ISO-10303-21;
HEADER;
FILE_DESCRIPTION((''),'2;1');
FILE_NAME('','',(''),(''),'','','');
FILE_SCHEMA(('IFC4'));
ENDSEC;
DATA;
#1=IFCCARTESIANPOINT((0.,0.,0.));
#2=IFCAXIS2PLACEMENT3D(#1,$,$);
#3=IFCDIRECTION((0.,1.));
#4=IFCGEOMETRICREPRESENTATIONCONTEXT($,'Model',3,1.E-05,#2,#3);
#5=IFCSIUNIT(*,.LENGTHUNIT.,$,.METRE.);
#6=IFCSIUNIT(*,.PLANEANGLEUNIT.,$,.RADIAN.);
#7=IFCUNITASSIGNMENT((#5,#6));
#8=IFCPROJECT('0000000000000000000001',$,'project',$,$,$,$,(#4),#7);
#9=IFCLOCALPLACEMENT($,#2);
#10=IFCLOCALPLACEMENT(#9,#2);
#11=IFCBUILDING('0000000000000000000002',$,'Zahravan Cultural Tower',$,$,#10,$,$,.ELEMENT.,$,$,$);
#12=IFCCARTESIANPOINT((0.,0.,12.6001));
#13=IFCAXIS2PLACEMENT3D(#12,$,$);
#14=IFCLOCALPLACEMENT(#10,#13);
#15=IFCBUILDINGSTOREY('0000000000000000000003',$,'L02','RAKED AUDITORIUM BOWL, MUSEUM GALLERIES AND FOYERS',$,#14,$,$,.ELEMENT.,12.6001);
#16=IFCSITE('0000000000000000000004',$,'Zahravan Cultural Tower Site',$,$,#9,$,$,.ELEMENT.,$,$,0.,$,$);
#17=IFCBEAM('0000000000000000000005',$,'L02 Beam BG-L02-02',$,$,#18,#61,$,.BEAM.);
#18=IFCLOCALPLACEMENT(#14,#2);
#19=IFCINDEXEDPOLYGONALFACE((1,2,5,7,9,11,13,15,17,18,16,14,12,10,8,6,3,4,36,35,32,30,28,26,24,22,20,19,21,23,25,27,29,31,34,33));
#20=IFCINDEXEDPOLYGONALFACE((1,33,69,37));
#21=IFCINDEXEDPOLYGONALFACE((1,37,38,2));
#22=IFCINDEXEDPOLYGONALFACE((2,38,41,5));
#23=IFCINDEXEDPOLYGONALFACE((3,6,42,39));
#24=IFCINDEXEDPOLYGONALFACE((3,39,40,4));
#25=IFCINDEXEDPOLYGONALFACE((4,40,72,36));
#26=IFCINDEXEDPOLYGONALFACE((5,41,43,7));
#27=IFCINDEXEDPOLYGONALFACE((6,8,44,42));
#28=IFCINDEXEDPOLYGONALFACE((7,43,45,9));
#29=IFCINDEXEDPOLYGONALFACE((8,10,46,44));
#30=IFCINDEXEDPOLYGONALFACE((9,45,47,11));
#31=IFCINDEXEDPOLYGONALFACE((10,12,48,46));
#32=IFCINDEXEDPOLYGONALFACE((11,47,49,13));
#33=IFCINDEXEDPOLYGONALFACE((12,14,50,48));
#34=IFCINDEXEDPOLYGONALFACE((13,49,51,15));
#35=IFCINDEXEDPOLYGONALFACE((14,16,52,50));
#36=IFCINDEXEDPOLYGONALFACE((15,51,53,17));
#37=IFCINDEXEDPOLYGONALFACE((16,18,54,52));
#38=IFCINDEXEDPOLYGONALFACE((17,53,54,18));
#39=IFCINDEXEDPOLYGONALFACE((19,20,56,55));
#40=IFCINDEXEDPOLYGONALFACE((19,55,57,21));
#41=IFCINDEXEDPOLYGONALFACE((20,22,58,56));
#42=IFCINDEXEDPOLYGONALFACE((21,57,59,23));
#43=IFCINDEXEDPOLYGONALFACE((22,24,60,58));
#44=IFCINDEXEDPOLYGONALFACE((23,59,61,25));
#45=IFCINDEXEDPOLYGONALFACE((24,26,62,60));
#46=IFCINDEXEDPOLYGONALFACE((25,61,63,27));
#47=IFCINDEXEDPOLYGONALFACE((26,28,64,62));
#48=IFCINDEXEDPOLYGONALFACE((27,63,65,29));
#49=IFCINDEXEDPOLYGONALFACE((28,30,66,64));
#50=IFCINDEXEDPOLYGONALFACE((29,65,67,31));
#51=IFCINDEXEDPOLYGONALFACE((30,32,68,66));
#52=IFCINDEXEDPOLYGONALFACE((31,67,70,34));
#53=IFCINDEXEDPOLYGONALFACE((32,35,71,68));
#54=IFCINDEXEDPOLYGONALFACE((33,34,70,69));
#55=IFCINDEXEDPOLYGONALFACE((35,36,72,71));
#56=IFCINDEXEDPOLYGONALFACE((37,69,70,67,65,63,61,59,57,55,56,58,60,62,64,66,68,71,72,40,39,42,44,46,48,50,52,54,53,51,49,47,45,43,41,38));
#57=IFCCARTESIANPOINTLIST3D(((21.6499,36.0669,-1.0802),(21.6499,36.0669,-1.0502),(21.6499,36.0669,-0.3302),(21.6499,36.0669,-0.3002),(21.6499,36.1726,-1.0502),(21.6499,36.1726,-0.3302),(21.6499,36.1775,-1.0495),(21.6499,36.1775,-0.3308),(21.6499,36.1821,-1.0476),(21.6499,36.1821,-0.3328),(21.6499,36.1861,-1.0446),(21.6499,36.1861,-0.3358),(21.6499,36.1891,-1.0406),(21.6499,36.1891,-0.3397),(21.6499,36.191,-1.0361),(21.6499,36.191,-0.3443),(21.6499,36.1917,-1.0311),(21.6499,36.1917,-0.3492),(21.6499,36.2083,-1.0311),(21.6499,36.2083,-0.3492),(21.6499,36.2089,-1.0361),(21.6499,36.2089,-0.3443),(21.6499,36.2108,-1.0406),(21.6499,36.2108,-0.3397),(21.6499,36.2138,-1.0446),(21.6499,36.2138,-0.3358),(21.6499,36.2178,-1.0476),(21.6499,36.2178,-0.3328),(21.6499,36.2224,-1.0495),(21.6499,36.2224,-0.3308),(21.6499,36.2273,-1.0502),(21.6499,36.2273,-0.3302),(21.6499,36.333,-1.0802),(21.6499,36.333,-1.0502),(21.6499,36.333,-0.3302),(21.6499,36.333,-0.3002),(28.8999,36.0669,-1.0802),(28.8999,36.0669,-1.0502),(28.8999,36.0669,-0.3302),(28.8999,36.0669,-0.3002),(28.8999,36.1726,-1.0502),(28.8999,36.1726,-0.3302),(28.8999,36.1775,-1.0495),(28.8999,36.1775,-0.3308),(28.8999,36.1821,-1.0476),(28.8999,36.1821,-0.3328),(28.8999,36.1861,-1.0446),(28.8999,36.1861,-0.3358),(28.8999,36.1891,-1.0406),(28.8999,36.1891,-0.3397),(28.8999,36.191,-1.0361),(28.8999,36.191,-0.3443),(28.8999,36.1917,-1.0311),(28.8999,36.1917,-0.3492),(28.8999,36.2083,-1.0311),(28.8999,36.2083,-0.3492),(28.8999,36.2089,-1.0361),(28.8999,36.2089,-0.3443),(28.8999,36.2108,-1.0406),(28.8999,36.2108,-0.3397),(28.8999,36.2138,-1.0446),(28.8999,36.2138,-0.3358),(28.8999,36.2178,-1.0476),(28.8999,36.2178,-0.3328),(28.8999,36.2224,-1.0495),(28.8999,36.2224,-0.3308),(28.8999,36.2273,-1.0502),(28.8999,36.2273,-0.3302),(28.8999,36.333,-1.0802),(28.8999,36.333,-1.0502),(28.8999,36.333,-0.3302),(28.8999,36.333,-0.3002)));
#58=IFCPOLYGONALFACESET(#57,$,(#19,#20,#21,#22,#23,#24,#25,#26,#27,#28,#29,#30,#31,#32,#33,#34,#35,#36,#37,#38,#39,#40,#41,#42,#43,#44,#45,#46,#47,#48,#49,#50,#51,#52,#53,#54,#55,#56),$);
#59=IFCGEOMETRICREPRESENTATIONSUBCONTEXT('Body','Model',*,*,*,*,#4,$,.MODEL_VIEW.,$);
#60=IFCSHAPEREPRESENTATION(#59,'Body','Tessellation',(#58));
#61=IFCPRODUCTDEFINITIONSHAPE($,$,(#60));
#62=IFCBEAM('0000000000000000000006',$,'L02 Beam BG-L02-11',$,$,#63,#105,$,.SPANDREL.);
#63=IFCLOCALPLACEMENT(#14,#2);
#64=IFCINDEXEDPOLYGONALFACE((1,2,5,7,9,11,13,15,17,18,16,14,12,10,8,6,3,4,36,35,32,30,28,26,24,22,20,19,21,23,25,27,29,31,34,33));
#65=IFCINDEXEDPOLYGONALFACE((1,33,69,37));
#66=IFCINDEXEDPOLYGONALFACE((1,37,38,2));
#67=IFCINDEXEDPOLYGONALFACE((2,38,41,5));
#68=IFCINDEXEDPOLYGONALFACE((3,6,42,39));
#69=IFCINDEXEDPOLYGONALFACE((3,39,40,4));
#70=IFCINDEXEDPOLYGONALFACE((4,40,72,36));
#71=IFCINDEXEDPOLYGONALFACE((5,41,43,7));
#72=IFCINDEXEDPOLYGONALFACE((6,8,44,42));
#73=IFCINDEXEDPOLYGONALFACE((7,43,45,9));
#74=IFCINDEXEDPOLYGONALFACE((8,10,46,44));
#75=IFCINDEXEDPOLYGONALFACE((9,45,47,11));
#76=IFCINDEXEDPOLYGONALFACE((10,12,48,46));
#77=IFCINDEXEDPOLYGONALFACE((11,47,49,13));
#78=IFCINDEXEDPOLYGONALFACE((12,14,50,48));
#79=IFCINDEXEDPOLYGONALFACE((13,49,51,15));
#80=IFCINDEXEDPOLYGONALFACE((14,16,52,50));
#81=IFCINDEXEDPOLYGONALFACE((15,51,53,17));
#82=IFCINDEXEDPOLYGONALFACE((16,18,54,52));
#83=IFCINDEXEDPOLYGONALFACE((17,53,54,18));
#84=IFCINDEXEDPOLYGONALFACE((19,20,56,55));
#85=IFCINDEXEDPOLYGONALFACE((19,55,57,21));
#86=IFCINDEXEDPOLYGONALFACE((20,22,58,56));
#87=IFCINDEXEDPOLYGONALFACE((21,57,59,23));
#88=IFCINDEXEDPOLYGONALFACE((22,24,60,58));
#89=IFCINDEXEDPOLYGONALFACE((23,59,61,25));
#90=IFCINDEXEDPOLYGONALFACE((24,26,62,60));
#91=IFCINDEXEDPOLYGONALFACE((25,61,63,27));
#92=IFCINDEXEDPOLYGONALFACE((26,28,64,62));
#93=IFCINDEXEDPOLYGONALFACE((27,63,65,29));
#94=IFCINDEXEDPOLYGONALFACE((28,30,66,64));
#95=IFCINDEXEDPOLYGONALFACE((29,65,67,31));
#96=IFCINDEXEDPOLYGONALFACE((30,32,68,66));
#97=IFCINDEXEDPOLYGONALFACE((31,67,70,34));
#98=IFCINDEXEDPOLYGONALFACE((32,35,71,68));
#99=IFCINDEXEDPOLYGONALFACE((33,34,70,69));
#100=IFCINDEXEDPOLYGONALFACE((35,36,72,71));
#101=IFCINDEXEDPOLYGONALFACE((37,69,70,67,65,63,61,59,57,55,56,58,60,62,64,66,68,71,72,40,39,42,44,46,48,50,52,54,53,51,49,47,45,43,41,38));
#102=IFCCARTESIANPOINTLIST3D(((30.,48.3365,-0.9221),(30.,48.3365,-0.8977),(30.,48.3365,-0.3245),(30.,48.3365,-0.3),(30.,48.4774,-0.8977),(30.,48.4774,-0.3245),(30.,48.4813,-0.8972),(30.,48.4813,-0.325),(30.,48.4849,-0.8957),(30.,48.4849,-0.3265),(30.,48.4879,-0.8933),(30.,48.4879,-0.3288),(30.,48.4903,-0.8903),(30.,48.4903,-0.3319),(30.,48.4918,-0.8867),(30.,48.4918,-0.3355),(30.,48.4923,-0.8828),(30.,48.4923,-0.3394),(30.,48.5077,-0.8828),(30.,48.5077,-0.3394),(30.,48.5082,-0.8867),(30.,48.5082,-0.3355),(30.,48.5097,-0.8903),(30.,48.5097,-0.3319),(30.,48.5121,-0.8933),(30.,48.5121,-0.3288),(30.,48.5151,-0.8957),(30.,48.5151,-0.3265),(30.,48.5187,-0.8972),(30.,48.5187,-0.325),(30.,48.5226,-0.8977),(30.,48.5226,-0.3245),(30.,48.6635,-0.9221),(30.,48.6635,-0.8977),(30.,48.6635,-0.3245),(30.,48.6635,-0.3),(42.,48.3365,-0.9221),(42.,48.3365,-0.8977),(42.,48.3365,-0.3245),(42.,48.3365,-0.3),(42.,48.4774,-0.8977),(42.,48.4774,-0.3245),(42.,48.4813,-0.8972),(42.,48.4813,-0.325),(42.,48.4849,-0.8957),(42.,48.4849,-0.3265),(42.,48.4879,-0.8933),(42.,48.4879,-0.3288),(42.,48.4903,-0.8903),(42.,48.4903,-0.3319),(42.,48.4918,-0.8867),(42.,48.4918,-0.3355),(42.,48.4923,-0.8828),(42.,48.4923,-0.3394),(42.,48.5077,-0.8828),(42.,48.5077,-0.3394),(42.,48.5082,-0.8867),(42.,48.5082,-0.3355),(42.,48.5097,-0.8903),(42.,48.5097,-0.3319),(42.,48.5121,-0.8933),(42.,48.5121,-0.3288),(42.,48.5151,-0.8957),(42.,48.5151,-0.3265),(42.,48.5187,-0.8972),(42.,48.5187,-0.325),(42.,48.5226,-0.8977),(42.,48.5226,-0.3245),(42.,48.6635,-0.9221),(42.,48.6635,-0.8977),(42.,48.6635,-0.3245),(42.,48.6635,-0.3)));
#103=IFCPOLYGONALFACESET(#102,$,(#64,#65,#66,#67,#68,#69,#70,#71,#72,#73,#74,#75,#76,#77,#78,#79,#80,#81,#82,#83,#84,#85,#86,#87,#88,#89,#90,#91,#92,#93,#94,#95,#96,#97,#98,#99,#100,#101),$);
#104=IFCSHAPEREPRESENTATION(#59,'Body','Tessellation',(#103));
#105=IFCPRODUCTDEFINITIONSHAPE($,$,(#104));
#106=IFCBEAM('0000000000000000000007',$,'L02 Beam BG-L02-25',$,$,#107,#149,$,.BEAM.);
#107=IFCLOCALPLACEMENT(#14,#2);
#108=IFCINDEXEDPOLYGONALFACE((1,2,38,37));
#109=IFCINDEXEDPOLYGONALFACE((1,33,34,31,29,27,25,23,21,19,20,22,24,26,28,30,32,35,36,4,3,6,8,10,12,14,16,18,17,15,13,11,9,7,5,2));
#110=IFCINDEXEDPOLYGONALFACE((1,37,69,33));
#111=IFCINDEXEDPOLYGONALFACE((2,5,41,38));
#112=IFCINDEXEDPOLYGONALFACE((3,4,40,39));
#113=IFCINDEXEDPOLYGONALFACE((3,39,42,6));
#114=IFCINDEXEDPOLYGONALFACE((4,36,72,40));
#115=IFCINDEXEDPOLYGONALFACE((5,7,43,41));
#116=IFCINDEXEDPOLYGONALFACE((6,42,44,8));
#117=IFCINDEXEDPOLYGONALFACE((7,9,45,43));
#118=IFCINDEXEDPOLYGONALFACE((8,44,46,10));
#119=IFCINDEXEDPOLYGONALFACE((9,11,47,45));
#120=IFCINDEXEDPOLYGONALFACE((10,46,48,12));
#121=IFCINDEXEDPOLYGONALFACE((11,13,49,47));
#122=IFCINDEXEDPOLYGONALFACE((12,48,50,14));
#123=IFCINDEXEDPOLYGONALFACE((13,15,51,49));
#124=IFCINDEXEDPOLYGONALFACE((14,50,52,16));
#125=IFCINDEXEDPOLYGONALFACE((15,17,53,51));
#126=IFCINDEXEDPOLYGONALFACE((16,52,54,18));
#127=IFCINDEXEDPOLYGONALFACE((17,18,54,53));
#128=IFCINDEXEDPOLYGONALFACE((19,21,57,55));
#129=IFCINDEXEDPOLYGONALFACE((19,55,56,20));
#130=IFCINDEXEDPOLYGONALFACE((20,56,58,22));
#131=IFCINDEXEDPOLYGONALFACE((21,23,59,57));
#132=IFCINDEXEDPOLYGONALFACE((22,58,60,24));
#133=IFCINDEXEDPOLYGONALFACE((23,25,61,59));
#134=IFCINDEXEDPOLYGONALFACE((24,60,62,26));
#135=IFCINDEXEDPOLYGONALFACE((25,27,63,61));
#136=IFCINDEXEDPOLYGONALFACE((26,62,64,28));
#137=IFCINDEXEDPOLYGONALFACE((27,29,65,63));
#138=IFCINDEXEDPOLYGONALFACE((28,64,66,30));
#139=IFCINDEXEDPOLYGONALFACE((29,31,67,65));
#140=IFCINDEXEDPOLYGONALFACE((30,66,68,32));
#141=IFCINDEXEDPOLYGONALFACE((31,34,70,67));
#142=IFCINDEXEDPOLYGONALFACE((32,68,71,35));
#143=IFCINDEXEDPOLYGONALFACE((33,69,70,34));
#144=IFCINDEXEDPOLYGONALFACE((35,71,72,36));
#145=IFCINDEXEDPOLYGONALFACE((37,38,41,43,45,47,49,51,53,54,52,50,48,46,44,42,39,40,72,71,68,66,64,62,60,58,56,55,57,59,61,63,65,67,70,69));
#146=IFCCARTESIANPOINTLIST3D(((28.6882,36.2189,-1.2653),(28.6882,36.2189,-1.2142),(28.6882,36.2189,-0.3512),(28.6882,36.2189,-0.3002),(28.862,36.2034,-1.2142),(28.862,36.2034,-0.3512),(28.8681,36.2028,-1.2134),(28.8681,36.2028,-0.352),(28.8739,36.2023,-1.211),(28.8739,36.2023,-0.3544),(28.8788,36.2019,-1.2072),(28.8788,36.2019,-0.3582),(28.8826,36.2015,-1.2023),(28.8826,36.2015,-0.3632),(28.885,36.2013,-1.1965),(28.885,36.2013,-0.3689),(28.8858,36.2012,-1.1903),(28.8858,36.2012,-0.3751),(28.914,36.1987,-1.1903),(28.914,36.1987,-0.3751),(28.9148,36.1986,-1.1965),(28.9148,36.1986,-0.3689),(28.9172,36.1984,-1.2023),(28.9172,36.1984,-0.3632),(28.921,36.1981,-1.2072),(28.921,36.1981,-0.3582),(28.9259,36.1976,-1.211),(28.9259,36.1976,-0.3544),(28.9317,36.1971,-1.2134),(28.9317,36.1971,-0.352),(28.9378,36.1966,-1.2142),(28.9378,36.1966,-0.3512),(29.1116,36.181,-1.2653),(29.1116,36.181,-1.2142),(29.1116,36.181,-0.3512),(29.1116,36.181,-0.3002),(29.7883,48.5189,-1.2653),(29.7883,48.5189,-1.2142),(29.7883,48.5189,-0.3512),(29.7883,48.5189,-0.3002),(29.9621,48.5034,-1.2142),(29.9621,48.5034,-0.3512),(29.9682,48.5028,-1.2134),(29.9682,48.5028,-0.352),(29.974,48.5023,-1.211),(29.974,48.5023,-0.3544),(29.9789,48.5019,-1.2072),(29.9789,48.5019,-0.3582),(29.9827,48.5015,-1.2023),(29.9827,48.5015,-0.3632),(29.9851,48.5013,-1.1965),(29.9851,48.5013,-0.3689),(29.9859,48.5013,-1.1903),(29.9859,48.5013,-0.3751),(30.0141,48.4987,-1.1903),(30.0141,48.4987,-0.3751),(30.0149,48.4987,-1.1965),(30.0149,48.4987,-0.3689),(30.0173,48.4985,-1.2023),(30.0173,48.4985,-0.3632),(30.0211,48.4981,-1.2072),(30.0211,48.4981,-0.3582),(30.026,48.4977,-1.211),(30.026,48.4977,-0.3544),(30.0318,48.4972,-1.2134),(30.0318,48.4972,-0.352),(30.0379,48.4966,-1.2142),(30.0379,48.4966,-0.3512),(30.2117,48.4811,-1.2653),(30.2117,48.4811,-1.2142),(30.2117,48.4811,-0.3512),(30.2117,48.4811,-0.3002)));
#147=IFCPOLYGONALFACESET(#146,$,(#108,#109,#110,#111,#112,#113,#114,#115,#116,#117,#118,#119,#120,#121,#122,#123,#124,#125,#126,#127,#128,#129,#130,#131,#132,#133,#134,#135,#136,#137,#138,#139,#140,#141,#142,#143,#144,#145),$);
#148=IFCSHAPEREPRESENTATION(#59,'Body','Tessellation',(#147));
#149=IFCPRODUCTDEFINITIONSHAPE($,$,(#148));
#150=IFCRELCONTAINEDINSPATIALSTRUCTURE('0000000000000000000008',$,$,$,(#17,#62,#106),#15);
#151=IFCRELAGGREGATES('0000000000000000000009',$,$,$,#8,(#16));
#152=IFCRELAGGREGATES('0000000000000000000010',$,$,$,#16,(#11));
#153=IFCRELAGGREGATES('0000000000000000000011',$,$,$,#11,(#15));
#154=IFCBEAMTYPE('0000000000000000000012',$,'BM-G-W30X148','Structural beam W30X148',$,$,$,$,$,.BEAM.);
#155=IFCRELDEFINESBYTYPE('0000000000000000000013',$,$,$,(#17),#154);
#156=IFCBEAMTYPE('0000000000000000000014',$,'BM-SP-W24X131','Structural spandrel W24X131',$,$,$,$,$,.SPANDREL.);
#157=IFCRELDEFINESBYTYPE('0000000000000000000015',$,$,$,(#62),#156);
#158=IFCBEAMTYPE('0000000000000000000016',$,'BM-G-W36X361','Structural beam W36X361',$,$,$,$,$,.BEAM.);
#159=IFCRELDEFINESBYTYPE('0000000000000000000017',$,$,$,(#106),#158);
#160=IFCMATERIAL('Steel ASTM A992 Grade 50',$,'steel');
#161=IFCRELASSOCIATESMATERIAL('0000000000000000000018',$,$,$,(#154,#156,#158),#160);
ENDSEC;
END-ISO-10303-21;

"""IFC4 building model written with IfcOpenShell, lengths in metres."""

from ifc_helpers import new_model, si_unit, direction, frame, origin, origin_2d, place, context, subcontext, project, spatial, i_section, extrude, source, transform, mapped, material, material_profile, profile_set, type_object, element, save


model = new_model("IFC4")

# Units and contexts
model_context = context("Model", 3, precision=1e-05, world=origin(), true_north=direction((0.0, 1.0)))
body_context = subcontext(model_context, "Body", "Model", "MODEL_VIEW")
ifc_project = project(units=[si_unit("LENGTHUNIT", "METRE"), si_unit("PLANEANGLEUNIT", "RADIAN")], contexts=[model_context])

# Site, building, storey
site_placement = place(None, origin())
site = spatial("IfcSite", under=ifc_project, at=site_placement, Name="Zahravan Cultural Tower Site", CompositionType="ELEMENT", RefElevation=0.0)
building_placement = place(site_placement, origin())
building = spatial("IfcBuilding", under=site, at=building_placement, Name="Zahravan Cultural Tower", CompositionType="ELEMENT")
storey_placement = place(building_placement, frame((0.0, 0.0, 12.6001)))
storey = spatial("IfcBuildingStorey", under=building, at=storey_placement, Name="L02", Description="RAKED AUDITORIUM BOWL, MUSEUM GALLERIES AND FOYERS", CompositionType="ELEMENT", Elevation=12.6001)

# Beams
ifc_material_1 = material(Name="Steel ASTM A992 Grade 50", Category="steel")
ifc_material_profile_1 = material_profile(ifc_material_1, i_section(OverallWidth=0.2661, OverallDepth=0.78, WebThickness=0.0166, FlangeThickness=0.03, FilletRadius=0.019, at=origin_2d()), Name="W30X148")
ifc_profile_set_1 = profile_set([ifc_material_profile_1], Name="Steel ASTM A992 Grade 50")
beam_type_1 = type_object("IfcBeamType", Name="BM-G-W30X148", Description="Structural beam W30X148", PredefinedType="BEAM", material=ifc_profile_set_1)
shared_shape_1 = source(origin(), body_context, "Body", "SweptSolid", [
    extrude(i_section(OverallWidth=0.2661, OverallDepth=0.78, WebThickness=0.0166, FlangeThickness=0.03, FilletRadius=0.019, at=origin_2d()), origin(), (0.0, 0.0, 1.0), 7.25),
])
beam_1_placement = place(storey_placement, frame((21.6499, 36.2, -0.6902), z_axis=(1.0, 0.0, 0.0), x_axis=(0.0, 1.0, 0.0)))
element("IfcBeam", 1, at=beam_1_placement, inside=storey, type_object=beam_type_1, Name="L02 Beam BG-L02-02", PredefinedType="BEAM", context=body_context, shape_type="MappedRepresentation", body=[
    mapped(shared_shape_1, transform((0.0, 0.0, 0.0), x_axis=(1.0, 0.0, 0.0), y_axis=(0.0, 1.0, 0.0), z_axis=(0.0, 0.0, 1.0), scale=1.0)),
])
ifc_material_profile_2 = material_profile(ifc_material_1, i_section(OverallWidth=0.3269, OverallDepth=0.6221, WebThickness=0.0154, FlangeThickness=0.0244, FilletRadius=0.0149, at=origin_2d()), Name="W24X131")
ifc_profile_set_2 = profile_set([ifc_material_profile_2], Name="Steel ASTM A992 Grade 50")
beam_type_2 = type_object("IfcBeamType", Name="BM-SP-W24X131", Description="Structural spandrel W24X131", PredefinedType="SPANDREL", material=ifc_profile_set_2)
shared_shape_2 = source(origin(), body_context, "Body", "SweptSolid", [
    extrude(i_section(OverallWidth=0.3269, OverallDepth=0.6221, WebThickness=0.0154, FlangeThickness=0.0244, FilletRadius=0.0149, at=origin_2d()), origin(), (0.0, 0.0, 1.0), 12.0),
])
beam_2_placement = place(storey_placement, frame((30.0, 48.5, -0.6111), z_axis=(1.0, 0.0, 0.0), x_axis=(0.0, 1.0, 0.0)))
element("IfcBeam", 2, at=beam_2_placement, inside=storey, type_object=beam_type_2, Name="L02 Beam BG-L02-11", PredefinedType="SPANDREL", context=body_context, shape_type="MappedRepresentation", body=[
    mapped(shared_shape_2, transform((0.0, 0.0, 0.0), x_axis=(1.0, 0.0, 0.0), y_axis=(0.0, 1.0, 0.0), z_axis=(0.0, 0.0, 1.0), scale=1.0)),
])
ifc_material_profile_3 = material_profile(ifc_material_1, i_section(OverallWidth=0.425, OverallDepth=0.9651, WebThickness=0.0283, FlangeThickness=0.051, FilletRadius=0.0239, at=origin_2d()), Name="W36X361")
ifc_profile_set_3 = profile_set([ifc_material_profile_3], Name="Steel ASTM A992 Grade 50")
beam_type_3 = type_object("IfcBeamType", Name="BM-G-W36X361", Description="Structural beam W36X361", PredefinedType="BEAM", material=ifc_profile_set_3)
shared_shape_3 = source(origin(), body_context, "Body", "SweptSolid", [
    extrude(i_section(OverallWidth=0.425, OverallDepth=0.9651, WebThickness=0.0283, FlangeThickness=0.051, FilletRadius=0.0239, at=origin_2d()), origin(), (0.0, 0.0, 1.0), 12.3491),
])
beam_3_placement = place(storey_placement, frame((30.0, 48.5, -0.7827), z_axis=(-0.089083, -0.996024, 0.0), x_axis=(0.996024, -0.089083, 0.0)))
element("IfcBeam", 3, at=beam_3_placement, inside=storey, type_object=beam_type_3, Name="L02 Beam BG-L02-25", PredefinedType="BEAM", context=body_context, shape_type="MappedRepresentation", body=[
    mapped(shared_shape_3, transform((0.0, 0.0, 0.0), x_axis=(1.0, 0.0, 0.0), y_axis=(0.0, 1.0, 0.0), z_axis=(0.0, 0.0, 1.0), scale=1.0)),
])

save(model, "model.ifc")
